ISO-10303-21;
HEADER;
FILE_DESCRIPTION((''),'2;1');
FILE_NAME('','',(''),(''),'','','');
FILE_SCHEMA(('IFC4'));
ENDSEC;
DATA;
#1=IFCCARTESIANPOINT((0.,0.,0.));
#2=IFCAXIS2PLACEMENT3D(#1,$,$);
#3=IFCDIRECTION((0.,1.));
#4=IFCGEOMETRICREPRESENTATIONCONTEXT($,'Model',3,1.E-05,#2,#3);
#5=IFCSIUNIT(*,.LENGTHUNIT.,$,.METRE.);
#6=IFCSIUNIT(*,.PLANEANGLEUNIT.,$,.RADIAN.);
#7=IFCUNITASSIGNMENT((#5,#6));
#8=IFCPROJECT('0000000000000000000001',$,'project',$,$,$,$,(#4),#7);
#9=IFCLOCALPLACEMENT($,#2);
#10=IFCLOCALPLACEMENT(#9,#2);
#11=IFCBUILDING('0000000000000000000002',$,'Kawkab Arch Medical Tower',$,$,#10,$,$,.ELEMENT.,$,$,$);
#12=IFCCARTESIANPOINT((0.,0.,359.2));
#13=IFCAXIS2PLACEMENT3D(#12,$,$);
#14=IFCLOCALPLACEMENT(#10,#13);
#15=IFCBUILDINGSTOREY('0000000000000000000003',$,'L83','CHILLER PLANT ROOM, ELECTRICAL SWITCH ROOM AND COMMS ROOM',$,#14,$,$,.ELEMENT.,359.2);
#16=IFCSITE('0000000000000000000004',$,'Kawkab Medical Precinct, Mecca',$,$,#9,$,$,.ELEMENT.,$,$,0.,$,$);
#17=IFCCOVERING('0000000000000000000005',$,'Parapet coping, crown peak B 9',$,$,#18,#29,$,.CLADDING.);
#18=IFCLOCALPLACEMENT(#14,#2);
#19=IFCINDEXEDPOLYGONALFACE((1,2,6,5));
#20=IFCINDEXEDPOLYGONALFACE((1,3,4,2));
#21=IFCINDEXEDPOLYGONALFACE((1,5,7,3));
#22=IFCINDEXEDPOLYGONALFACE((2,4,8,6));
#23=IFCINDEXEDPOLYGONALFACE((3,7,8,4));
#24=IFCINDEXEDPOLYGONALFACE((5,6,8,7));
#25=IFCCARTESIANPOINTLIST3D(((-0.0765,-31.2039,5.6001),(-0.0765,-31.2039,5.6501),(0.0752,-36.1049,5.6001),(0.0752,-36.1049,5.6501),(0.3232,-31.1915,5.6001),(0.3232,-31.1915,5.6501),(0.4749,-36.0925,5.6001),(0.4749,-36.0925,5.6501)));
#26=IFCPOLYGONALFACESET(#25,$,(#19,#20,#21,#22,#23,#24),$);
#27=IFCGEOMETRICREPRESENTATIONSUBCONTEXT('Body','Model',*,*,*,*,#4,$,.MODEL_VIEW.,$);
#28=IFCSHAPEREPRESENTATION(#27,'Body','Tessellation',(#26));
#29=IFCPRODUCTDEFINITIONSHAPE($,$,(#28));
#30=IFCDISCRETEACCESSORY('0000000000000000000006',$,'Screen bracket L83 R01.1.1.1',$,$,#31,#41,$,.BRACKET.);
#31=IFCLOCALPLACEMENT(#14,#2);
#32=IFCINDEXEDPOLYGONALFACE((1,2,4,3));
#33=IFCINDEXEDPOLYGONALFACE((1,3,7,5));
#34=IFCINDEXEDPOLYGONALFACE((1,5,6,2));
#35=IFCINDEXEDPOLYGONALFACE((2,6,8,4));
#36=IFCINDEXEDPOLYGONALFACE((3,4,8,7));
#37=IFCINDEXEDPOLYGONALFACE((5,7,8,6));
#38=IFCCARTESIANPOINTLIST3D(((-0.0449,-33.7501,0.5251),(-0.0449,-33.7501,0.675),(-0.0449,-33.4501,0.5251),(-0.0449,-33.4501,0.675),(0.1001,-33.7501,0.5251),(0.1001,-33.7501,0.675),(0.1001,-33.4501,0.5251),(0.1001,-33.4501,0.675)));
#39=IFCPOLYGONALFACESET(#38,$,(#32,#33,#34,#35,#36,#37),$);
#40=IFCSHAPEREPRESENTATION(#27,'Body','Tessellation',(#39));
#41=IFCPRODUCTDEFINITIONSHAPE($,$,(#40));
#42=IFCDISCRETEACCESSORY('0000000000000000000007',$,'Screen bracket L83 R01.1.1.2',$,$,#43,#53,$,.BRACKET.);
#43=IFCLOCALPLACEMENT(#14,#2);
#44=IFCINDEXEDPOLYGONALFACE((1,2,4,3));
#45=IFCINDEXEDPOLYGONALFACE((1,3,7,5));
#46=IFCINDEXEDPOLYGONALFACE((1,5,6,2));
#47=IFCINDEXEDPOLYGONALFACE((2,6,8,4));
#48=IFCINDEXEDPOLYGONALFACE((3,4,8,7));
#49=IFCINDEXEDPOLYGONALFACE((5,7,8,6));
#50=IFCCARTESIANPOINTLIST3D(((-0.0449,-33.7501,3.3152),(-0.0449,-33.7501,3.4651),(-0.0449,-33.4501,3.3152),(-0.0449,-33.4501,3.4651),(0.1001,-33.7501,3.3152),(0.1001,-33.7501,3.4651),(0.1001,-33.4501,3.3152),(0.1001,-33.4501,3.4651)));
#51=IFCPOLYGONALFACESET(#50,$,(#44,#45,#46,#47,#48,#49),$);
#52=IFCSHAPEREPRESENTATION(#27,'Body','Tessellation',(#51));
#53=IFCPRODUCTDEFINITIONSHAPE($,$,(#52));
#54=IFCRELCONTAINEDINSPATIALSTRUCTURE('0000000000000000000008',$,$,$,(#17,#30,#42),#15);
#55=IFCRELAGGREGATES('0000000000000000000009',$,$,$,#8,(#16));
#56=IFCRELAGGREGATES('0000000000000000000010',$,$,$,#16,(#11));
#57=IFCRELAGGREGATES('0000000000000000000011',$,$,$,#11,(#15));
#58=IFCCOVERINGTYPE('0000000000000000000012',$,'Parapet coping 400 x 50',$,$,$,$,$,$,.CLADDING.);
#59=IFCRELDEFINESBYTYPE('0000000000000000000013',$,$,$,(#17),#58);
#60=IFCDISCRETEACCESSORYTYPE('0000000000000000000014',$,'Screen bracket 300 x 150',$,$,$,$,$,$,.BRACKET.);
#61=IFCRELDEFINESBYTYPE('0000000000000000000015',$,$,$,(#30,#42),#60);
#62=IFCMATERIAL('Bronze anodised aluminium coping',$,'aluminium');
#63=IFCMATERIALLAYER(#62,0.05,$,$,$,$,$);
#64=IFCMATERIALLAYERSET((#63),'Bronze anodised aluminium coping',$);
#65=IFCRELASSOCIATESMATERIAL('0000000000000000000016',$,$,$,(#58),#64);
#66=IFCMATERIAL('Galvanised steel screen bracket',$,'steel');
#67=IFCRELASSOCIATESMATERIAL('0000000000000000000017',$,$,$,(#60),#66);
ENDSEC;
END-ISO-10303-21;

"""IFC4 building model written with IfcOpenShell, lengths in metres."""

from ifc_helpers import new_model, si_unit, direction, frame, origin, origin_2d, place, context, subcontext, project, spatial, rectangle, extrude, material, layer, layer_set, type_object, element, save


model = new_model("IFC4")

# Units and contexts
model_context = context("Model", 3, precision=1e-05, world=origin(), true_north=direction((0.0, 1.0)))
body_context = subcontext(model_context, "Body", "Model", "MODEL_VIEW")
ifc_project = project(units=[si_unit("LENGTHUNIT", "METRE"), si_unit("PLANEANGLEUNIT", "RADIAN")], contexts=[model_context])

# Site, building, storey
site_placement = place(None, origin())
site = spatial("IfcSite", under=ifc_project, at=site_placement, Name="Kawkab Medical Precinct, Mecca", CompositionType="ELEMENT", RefElevation=0.0)
building_placement = place(site_placement, origin())
building = spatial("IfcBuilding", under=site, at=building_placement, Name="Kawkab Arch Medical Tower", CompositionType="ELEMENT")
storey_placement = place(building_placement, frame((0.0, 0.0, 359.2)))
storey = spatial("IfcBuildingStorey", under=building, at=storey_placement, Name="L83", Description="CHILLER PLANT ROOM, ELECTRICAL SWITCH ROOM AND COMMS ROOM", CompositionType="ELEMENT", Elevation=359.2)

# Covering
ifc_material_1 = material(Name="Bronze anodised aluminium coping", Category="aluminium")
ifc_layer_1 = layer(ifc_material_1, 0.05)
ifc_layer_set_1 = layer_set([ifc_layer_1], Name="Bronze anodised aluminium coping")
covering_type_1 = type_object("IfcCoveringType", Name="Parapet coping 400 x 50", PredefinedType="CLADDING", material=ifc_layer_set_1)
covering_1_placement = place(storey_placement, frame((0.1992, -33.6482, 5.6001), z_axis=(0.0, 0.0, 1.0), x_axis=(0.030936, -0.999521, 0.0)))
element("IfcCovering", 1, at=covering_1_placement, inside=storey, type_object=covering_type_1, Name="Parapet coping, crown peak B 9", PredefinedType="CLADDING", context=body_context, shape_type="SweptSolid", body=[
    extrude(rectangle(XDim=4.9033, YDim=0.3999, at=origin_2d()), origin(), (0.0, 0.0, 1.0), 0.05),
])

# Discrete accessories
ifc_material_2 = material(Name="Galvanised steel screen bracket", Category="steel")
discrete_accessory_type = type_object("IfcDiscreteAccessoryType", Name="Screen bracket 300 x 150", PredefinedType="BRACKET", material=ifc_material_2)
for number, where, z_axis, x_axis, name in (
    (2, (0.0276, -33.6001, 0.5251), (0.0, 0.0, 1.0), (0.0, -1.0, 0.0), "Screen bracket L83 R01.1.1.1"),
    (3, (0.0276, -33.6001, 3.3152), (0.0, 0.0, 1.0), (0.0, -1.0, 0.0), "Screen bracket L83 R01.1.1.2"),
):
    element("IfcDiscreteAccessory", number, at=place(storey_placement, frame(where, z_axis=z_axis, x_axis=x_axis)), inside=storey, type_object=discrete_accessory_type, Name=name, PredefinedType="BRACKET", context=body_context, shape_type="SweptSolid", body=[
        extrude(rectangle(XDim=0.3, YDim=0.145, at=origin_2d()), origin(), (0.0, 0.0, 1.0), 0.1499),
    ])

save(model, "model.ifc")
